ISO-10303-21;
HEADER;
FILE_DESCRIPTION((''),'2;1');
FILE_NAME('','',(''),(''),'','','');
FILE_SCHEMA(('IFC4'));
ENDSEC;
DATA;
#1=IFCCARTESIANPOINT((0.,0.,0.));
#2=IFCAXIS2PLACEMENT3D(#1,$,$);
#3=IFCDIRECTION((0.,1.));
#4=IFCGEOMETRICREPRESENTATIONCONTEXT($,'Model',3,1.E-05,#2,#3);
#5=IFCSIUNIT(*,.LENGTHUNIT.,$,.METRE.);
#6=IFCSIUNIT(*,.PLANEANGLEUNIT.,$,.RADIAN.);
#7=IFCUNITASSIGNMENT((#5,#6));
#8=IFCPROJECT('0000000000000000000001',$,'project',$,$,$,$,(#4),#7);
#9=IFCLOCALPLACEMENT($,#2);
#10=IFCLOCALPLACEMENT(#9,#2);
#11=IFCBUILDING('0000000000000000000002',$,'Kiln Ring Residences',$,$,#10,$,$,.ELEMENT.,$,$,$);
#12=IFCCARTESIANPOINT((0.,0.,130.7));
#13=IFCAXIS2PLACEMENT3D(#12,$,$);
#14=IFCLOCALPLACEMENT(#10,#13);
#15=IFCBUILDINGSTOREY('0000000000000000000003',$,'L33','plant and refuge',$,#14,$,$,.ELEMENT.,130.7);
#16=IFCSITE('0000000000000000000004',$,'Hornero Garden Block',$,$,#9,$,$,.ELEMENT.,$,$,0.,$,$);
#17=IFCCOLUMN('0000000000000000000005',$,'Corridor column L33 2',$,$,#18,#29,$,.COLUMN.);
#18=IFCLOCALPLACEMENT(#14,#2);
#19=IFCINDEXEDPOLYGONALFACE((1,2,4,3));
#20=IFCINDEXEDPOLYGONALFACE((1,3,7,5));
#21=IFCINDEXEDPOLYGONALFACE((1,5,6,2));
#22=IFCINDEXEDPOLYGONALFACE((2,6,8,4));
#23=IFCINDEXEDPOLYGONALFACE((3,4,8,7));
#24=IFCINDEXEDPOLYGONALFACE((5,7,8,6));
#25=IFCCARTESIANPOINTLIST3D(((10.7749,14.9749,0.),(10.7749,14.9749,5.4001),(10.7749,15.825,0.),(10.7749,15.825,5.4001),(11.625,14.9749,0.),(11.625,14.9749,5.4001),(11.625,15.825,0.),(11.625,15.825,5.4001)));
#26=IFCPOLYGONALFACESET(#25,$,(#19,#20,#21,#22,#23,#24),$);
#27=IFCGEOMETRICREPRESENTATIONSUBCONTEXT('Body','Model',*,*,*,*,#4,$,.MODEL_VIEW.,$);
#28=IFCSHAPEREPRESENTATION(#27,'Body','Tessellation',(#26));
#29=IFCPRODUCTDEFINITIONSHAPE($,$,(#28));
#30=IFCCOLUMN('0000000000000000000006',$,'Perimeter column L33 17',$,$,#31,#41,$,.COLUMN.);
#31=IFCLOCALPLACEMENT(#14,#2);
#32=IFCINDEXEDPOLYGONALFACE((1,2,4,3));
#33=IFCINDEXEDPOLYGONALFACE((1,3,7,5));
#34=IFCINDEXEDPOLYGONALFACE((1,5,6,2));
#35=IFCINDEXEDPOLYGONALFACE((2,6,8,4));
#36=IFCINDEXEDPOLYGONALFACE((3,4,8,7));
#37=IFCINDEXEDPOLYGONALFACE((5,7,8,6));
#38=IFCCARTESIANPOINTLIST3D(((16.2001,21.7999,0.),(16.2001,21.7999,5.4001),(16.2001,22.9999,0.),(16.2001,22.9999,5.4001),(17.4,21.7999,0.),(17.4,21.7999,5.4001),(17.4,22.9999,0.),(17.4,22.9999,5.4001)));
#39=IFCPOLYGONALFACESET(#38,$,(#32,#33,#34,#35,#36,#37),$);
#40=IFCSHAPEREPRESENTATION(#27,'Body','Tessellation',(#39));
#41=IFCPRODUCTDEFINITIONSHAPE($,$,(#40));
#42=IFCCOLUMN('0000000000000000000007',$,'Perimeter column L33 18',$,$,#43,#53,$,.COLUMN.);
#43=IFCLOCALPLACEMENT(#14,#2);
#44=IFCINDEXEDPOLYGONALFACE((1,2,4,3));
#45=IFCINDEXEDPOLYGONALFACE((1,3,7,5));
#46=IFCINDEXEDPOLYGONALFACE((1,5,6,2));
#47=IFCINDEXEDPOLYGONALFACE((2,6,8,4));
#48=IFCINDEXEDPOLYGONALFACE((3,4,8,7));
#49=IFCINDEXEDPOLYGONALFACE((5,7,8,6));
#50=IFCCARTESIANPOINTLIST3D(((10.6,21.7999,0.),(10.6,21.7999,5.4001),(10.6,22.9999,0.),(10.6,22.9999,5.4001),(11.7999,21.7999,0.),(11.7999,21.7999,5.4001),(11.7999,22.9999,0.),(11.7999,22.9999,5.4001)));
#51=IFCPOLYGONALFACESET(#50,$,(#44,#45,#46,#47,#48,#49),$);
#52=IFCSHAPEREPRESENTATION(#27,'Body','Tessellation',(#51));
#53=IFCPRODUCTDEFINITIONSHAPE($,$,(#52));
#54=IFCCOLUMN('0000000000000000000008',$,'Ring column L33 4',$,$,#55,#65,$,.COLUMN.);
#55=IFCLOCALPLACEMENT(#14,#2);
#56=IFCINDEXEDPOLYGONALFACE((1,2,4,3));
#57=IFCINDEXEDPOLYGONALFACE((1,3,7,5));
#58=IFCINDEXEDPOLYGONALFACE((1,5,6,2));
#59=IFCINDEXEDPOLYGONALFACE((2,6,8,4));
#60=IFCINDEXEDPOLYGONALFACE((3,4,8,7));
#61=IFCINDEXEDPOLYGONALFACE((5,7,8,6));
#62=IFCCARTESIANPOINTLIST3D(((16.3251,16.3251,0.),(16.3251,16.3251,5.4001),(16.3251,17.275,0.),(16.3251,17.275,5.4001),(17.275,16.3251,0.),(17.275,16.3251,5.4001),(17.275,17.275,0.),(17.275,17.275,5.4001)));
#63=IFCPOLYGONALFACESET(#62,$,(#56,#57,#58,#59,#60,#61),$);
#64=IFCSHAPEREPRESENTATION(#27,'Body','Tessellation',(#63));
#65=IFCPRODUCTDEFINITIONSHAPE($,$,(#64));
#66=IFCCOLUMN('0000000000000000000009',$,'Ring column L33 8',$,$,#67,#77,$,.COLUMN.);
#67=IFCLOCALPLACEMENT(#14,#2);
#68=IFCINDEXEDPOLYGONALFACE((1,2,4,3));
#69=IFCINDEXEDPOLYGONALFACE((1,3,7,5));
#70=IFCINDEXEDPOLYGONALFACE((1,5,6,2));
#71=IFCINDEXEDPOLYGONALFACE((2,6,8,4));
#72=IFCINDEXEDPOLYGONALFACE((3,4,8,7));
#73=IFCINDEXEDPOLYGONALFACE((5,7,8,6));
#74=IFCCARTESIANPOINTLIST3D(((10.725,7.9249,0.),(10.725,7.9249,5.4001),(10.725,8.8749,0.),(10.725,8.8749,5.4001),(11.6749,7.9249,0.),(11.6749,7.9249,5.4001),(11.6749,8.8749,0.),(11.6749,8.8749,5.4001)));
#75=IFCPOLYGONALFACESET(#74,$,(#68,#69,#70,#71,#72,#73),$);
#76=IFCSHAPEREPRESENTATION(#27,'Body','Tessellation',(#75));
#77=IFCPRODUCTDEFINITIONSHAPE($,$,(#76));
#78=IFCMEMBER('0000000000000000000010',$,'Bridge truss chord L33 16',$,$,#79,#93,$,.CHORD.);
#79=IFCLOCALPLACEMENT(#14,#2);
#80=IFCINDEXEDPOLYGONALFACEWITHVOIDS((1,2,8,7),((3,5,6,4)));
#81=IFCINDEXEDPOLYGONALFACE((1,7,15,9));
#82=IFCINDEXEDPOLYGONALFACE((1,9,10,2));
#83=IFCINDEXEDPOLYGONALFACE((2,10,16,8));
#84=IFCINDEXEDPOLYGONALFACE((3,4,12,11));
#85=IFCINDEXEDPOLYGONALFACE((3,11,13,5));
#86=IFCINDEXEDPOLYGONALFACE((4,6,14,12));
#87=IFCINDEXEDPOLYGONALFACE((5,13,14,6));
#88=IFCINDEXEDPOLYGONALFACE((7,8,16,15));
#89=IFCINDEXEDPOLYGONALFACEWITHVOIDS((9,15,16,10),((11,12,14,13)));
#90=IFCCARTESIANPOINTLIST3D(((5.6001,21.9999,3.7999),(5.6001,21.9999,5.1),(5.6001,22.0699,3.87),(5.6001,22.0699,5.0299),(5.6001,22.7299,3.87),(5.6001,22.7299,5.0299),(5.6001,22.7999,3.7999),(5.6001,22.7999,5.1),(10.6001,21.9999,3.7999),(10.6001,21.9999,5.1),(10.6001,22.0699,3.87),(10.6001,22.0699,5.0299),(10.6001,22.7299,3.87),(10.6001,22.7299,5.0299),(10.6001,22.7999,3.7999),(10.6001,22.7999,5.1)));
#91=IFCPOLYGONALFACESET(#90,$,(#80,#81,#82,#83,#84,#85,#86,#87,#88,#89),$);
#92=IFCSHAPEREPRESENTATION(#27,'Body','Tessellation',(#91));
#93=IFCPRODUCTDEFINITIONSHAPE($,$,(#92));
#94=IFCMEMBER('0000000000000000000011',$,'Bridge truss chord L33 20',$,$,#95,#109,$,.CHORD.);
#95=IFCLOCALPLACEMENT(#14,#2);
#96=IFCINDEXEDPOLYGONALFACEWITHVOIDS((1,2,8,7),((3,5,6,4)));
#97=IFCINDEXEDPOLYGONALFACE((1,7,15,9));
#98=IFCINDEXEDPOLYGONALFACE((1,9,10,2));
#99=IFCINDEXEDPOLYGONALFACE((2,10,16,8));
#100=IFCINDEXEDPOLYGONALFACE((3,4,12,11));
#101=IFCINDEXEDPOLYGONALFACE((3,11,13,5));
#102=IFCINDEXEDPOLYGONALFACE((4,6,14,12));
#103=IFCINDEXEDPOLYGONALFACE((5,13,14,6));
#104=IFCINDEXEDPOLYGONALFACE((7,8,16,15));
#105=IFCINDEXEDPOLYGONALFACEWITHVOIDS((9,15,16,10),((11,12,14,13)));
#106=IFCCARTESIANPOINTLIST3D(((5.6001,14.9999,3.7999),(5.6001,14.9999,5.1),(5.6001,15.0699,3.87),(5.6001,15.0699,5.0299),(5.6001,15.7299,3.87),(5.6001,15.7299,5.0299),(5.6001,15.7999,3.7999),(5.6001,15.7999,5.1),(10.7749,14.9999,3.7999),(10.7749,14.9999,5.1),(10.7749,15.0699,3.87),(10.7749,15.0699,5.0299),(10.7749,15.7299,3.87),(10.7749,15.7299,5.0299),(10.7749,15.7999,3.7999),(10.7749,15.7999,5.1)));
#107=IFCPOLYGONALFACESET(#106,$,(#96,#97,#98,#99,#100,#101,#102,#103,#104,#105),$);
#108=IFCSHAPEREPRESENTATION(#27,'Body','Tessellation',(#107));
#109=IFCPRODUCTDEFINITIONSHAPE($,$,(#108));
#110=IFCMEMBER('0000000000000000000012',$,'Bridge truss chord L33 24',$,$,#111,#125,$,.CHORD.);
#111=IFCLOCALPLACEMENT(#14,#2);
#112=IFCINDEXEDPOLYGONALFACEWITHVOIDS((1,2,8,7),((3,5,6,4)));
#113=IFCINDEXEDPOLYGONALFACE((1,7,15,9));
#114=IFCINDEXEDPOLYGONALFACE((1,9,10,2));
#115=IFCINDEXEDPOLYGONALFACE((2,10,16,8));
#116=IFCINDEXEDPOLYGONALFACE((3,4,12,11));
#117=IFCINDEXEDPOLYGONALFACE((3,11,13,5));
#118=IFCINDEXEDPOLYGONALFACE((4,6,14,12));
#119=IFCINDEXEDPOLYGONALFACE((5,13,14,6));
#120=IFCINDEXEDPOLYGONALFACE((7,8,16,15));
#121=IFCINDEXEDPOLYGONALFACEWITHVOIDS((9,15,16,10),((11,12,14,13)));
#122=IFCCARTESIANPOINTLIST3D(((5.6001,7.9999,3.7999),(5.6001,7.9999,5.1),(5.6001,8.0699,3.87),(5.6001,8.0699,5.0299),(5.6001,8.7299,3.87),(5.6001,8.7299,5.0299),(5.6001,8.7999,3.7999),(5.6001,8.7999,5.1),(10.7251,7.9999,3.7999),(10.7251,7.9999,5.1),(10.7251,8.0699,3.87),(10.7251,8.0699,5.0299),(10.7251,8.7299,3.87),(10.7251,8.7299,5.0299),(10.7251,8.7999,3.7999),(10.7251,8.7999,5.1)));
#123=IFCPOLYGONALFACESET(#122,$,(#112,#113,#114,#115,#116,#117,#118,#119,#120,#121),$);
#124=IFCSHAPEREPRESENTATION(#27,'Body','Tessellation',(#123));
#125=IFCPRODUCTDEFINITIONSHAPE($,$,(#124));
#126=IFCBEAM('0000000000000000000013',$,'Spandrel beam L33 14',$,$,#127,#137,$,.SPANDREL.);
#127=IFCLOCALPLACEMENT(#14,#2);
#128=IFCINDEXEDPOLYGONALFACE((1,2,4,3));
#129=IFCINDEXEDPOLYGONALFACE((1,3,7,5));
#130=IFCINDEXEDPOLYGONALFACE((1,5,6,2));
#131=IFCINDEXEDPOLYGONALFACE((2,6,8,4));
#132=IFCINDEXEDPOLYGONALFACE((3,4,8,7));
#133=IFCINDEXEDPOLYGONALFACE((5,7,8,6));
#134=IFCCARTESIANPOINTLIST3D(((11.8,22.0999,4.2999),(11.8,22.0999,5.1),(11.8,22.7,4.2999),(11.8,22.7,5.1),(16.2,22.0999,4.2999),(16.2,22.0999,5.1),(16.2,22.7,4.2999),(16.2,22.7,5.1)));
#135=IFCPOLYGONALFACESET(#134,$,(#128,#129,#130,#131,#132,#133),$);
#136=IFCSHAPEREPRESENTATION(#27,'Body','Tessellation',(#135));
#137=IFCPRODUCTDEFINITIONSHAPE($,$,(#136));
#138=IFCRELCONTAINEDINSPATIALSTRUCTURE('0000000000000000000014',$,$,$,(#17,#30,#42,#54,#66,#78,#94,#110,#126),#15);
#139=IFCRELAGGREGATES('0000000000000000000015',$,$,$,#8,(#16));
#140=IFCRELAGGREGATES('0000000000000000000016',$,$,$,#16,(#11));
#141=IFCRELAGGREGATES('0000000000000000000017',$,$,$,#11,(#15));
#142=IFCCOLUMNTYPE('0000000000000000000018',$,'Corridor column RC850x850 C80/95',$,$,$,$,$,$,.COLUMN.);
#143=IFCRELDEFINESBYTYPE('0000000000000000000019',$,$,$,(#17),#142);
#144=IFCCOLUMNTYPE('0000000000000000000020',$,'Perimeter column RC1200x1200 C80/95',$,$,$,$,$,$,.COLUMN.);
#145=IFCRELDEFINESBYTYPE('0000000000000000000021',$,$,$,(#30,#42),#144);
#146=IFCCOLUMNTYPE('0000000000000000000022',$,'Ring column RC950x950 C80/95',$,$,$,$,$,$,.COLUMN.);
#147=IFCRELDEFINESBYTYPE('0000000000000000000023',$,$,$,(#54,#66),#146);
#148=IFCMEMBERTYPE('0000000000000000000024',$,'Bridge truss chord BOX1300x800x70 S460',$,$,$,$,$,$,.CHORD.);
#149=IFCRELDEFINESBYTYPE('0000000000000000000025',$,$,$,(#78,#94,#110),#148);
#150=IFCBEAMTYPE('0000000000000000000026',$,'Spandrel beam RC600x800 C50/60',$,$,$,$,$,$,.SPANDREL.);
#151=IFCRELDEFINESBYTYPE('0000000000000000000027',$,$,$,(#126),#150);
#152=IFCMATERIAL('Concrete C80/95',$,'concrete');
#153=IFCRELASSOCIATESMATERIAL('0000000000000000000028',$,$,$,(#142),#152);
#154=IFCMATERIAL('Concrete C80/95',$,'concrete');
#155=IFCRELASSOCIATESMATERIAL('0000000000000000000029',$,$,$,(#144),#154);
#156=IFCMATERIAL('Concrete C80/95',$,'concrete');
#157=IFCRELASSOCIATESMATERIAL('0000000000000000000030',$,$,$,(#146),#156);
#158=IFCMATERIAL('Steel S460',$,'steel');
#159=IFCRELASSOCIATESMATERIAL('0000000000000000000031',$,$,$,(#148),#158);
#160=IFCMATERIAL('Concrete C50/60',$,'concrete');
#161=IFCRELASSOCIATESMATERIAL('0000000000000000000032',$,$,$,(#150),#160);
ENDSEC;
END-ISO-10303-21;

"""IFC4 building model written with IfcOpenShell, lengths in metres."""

from ifc_helpers import new_model, si_unit, direction, frame, origin, origin_2d, place, context, subcontext, project, spatial, rectangle, hollow_rectangle, extrude, material, material_profile, profile_set, type_object, element, save


model = new_model("IFC4")

# Units and contexts
model_context = context("Model", 3, precision=1e-05, world=origin(), true_north=direction((0.0, 1.0)))
body_context = subcontext(model_context, "Body", "Model", "MODEL_VIEW")
ifc_project = project(units=[si_unit("LENGTHUNIT", "METRE"), si_unit("PLANEANGLEUNIT", "RADIAN")], contexts=[model_context])

# Site, building, storey
site_placement = place(None, origin())
site = spatial("IfcSite", under=ifc_project, at=site_placement, Name="Hornero Garden Block", CompositionType="ELEMENT", RefElevation=0.0)
building_placement = place(site_placement, origin())
building = spatial("IfcBuilding", under=site, at=building_placement, Name="Kiln Ring Residences", CompositionType="ELEMENT")
storey_placement = place(building_placement, frame((0.0, 0.0, 130.7)))
storey = spatial("IfcBuildingStorey", under=building, at=storey_placement, Name="L33", Description="plant and refuge", CompositionType="ELEMENT", Elevation=130.7)

# Columns
ifc_material_1 = material(Name="Concrete C80/95", Category="concrete")
ifc_material_profile_1 = material_profile(ifc_material_1, rectangle(XDim=0.8501, YDim=0.8501, at=origin_2d()), Name="RC850x850")
ifc_profile_set_1 = profile_set([ifc_material_profile_1], Name="Concrete C80/95")
column_type_1 = type_object("IfcColumnType", Name="Corridor column RC850x850 C80/95", PredefinedType="COLUMN", material=ifc_profile_set_1)
column_placement = place(storey_placement, frame((11.2, 15.3999, 0.0), z_axis=(0.0, 0.0, 1.0), x_axis=(1.0, 0.0, 0.0)))
element("IfcColumn", 1, at=column_placement, inside=storey, type_object=column_type_1, Name="Corridor column L33 2", PredefinedType="COLUMN", context=body_context, shape_type="SweptSolid", body=[
    extrude(rectangle(XDim=0.8501, YDim=0.8501, at=origin_2d()), origin(), (0.0, 0.0, 1.0), 5.4001),
])
ifc_material_2 = material(Name="Concrete C80/95", Category="concrete")
ifc_material_profile_2 = material_profile(ifc_material_2, rectangle(XDim=1.2, YDim=1.2, at=origin_2d()), Name="RC1200x1200")
ifc_profile_set_2 = profile_set([ifc_material_profile_2], Name="Concrete C80/95")
column_type_2 = type_object("IfcColumnType", Name="Perimeter column RC1200x1200 C80/95", PredefinedType="COLUMN", material=ifc_profile_set_2)
for number, where, z_axis, x_axis, name in (
    (2, (16.8, 22.3999, 0.0), (0.0, 0.0, 1.0), (1.0, 0.0, 0.0), "Perimeter column L33 17"),
    (3, (11.2, 22.3999, 0.0), (0.0, 0.0, 1.0), (1.0, 0.0, 0.0), "Perimeter column L33 18"),
):
    element("IfcColumn", number, at=place(storey_placement, frame(where, z_axis=z_axis, x_axis=x_axis)), inside=storey, type_object=column_type_2, Name=name, PredefinedType="COLUMN", context=body_context, shape_type="SweptSolid", body=[
        extrude(rectangle(XDim=1.2, YDim=1.2, at=origin_2d()), origin(), (0.0, 0.0, 1.0), 5.4001),
    ])
ifc_material_3 = material(Name="Concrete C80/95", Category="concrete")
ifc_material_profile_3 = material_profile(ifc_material_3, rectangle(XDim=0.95, YDim=0.95, at=origin_2d()), Name="RC950x950")
ifc_profile_set_3 = profile_set([ifc_material_profile_3], Name="Concrete C80/95")
column_type_3 = type_object("IfcColumnType", Name="Ring column RC950x950 C80/95", PredefinedType="COLUMN", material=ifc_profile_set_3)
for number, where, z_axis, x_axis, name in (
    (4, (16.8, 16.8, 0.0), (0.0, 0.0, 1.0), (1.0, 0.0, 0.0), "Ring column L33 4"),
    (5, (11.2, 8.3999, 0.0), (0.0, 0.0, 1.0), (1.0, 0.0, 0.0), "Ring column L33 8"),
):
    element("IfcColumn", number, at=place(storey_placement, frame(where, z_axis=z_axis, x_axis=x_axis)), inside=storey, type_object=column_type_3, Name=name, PredefinedType="COLUMN", context=body_context, shape_type="SweptSolid", body=[
        extrude(rectangle(XDim=0.95, YDim=0.95, at=origin_2d()), origin(), (0.0, 0.0, 1.0), 5.4001),
    ])

# Members
ifc_material_4 = material(Name="Steel S460", Category="steel")
ifc_material_profile_4 = material_profile(ifc_material_4, hollow_rectangle(XDim=0.8, YDim=1.3, WallThickness=0.0701, at=origin_2d()), Name="BOX1300x800x70")
ifc_profile_set_4 = profile_set([ifc_material_profile_4], Name="Steel S460")
member_type = type_object("IfcMemberType", Name="Bridge truss chord BOX1300x800x70 S460", PredefinedType="CHORD", material=ifc_profile_set_4)
member_1_placement = place(storey_placement, frame((5.6001, 22.3999, 4.45), z_axis=(1.0, 0.0, 0.0), x_axis=(0.0, 1.0, 0.0)))
element("IfcMember", 6, at=member_1_placement, inside=storey, type_object=member_type, Name="Bridge truss chord L33 16", PredefinedType="CHORD", context=body_context, shape_type="SweptSolid", body=[
    extrude(hollow_rectangle(XDim=0.8, YDim=1.3, WallThickness=0.0701, at=origin_2d()), origin(), (0.0, 0.0, 1.0), 5.0),
])
member_2_placement = place(storey_placement, frame((5.6001, 15.3999, 4.45), z_axis=(1.0, 0.0, 0.0), x_axis=(0.0, 1.0, 0.0)))
element("IfcMember", 7, at=member_2_placement, inside=storey, type_object=member_type, Name="Bridge truss chord L33 20", PredefinedType="CHORD", context=body_context, shape_type="SweptSolid", body=[
    extrude(hollow_rectangle(XDim=0.8, YDim=1.3, WallThickness=0.0701, at=origin_2d()), origin(), (0.0, 0.0, 1.0), 5.1748),
])
member_3_placement = place(storey_placement, frame((5.6001, 8.3999, 4.45), z_axis=(1.0, 0.0, 0.0), x_axis=(0.0, 1.0, 0.0)))
element("IfcMember", 8, at=member_3_placement, inside=storey, type_object=member_type, Name="Bridge truss chord L33 24", PredefinedType="CHORD", context=body_context, shape_type="SweptSolid", body=[
    extrude(hollow_rectangle(XDim=0.8, YDim=1.3, WallThickness=0.0701, at=origin_2d()), origin(), (0.0, 0.0, 1.0), 5.125),
])

# Beam
ifc_material_5 = material(Name="Concrete C50/60", Category="concrete")
ifc_material_profile_5 = material_profile(ifc_material_5, rectangle(XDim=0.6001, YDim=0.8, at=origin_2d()), Name="RC600x800")
ifc_profile_set_5 = profile_set([ifc_material_profile_5], Name="Concrete C50/60")
beam_type = type_object("IfcBeamType", Name="Spandrel beam RC600x800 C50/60", PredefinedType="SPANDREL", material=ifc_profile_set_5)
beam_placement = place(storey_placement, frame((16.2, 22.3999, 4.7), z_axis=(-1.0, 0.0, 0.0), x_axis=(0.0, -1.0, 0.0)))
element("IfcBeam", 9, at=beam_placement, inside=storey, type_object=beam_type, Name="Spandrel beam L33 14", PredefinedType="SPANDREL", context=body_context, shape_type="SweptSolid", body=[
    extrude(rectangle(XDim=0.6001, YDim=0.8, at=origin_2d()), origin(), (0.0, 0.0, 1.0), 4.3999),
])

save(model, "model.ifc")
